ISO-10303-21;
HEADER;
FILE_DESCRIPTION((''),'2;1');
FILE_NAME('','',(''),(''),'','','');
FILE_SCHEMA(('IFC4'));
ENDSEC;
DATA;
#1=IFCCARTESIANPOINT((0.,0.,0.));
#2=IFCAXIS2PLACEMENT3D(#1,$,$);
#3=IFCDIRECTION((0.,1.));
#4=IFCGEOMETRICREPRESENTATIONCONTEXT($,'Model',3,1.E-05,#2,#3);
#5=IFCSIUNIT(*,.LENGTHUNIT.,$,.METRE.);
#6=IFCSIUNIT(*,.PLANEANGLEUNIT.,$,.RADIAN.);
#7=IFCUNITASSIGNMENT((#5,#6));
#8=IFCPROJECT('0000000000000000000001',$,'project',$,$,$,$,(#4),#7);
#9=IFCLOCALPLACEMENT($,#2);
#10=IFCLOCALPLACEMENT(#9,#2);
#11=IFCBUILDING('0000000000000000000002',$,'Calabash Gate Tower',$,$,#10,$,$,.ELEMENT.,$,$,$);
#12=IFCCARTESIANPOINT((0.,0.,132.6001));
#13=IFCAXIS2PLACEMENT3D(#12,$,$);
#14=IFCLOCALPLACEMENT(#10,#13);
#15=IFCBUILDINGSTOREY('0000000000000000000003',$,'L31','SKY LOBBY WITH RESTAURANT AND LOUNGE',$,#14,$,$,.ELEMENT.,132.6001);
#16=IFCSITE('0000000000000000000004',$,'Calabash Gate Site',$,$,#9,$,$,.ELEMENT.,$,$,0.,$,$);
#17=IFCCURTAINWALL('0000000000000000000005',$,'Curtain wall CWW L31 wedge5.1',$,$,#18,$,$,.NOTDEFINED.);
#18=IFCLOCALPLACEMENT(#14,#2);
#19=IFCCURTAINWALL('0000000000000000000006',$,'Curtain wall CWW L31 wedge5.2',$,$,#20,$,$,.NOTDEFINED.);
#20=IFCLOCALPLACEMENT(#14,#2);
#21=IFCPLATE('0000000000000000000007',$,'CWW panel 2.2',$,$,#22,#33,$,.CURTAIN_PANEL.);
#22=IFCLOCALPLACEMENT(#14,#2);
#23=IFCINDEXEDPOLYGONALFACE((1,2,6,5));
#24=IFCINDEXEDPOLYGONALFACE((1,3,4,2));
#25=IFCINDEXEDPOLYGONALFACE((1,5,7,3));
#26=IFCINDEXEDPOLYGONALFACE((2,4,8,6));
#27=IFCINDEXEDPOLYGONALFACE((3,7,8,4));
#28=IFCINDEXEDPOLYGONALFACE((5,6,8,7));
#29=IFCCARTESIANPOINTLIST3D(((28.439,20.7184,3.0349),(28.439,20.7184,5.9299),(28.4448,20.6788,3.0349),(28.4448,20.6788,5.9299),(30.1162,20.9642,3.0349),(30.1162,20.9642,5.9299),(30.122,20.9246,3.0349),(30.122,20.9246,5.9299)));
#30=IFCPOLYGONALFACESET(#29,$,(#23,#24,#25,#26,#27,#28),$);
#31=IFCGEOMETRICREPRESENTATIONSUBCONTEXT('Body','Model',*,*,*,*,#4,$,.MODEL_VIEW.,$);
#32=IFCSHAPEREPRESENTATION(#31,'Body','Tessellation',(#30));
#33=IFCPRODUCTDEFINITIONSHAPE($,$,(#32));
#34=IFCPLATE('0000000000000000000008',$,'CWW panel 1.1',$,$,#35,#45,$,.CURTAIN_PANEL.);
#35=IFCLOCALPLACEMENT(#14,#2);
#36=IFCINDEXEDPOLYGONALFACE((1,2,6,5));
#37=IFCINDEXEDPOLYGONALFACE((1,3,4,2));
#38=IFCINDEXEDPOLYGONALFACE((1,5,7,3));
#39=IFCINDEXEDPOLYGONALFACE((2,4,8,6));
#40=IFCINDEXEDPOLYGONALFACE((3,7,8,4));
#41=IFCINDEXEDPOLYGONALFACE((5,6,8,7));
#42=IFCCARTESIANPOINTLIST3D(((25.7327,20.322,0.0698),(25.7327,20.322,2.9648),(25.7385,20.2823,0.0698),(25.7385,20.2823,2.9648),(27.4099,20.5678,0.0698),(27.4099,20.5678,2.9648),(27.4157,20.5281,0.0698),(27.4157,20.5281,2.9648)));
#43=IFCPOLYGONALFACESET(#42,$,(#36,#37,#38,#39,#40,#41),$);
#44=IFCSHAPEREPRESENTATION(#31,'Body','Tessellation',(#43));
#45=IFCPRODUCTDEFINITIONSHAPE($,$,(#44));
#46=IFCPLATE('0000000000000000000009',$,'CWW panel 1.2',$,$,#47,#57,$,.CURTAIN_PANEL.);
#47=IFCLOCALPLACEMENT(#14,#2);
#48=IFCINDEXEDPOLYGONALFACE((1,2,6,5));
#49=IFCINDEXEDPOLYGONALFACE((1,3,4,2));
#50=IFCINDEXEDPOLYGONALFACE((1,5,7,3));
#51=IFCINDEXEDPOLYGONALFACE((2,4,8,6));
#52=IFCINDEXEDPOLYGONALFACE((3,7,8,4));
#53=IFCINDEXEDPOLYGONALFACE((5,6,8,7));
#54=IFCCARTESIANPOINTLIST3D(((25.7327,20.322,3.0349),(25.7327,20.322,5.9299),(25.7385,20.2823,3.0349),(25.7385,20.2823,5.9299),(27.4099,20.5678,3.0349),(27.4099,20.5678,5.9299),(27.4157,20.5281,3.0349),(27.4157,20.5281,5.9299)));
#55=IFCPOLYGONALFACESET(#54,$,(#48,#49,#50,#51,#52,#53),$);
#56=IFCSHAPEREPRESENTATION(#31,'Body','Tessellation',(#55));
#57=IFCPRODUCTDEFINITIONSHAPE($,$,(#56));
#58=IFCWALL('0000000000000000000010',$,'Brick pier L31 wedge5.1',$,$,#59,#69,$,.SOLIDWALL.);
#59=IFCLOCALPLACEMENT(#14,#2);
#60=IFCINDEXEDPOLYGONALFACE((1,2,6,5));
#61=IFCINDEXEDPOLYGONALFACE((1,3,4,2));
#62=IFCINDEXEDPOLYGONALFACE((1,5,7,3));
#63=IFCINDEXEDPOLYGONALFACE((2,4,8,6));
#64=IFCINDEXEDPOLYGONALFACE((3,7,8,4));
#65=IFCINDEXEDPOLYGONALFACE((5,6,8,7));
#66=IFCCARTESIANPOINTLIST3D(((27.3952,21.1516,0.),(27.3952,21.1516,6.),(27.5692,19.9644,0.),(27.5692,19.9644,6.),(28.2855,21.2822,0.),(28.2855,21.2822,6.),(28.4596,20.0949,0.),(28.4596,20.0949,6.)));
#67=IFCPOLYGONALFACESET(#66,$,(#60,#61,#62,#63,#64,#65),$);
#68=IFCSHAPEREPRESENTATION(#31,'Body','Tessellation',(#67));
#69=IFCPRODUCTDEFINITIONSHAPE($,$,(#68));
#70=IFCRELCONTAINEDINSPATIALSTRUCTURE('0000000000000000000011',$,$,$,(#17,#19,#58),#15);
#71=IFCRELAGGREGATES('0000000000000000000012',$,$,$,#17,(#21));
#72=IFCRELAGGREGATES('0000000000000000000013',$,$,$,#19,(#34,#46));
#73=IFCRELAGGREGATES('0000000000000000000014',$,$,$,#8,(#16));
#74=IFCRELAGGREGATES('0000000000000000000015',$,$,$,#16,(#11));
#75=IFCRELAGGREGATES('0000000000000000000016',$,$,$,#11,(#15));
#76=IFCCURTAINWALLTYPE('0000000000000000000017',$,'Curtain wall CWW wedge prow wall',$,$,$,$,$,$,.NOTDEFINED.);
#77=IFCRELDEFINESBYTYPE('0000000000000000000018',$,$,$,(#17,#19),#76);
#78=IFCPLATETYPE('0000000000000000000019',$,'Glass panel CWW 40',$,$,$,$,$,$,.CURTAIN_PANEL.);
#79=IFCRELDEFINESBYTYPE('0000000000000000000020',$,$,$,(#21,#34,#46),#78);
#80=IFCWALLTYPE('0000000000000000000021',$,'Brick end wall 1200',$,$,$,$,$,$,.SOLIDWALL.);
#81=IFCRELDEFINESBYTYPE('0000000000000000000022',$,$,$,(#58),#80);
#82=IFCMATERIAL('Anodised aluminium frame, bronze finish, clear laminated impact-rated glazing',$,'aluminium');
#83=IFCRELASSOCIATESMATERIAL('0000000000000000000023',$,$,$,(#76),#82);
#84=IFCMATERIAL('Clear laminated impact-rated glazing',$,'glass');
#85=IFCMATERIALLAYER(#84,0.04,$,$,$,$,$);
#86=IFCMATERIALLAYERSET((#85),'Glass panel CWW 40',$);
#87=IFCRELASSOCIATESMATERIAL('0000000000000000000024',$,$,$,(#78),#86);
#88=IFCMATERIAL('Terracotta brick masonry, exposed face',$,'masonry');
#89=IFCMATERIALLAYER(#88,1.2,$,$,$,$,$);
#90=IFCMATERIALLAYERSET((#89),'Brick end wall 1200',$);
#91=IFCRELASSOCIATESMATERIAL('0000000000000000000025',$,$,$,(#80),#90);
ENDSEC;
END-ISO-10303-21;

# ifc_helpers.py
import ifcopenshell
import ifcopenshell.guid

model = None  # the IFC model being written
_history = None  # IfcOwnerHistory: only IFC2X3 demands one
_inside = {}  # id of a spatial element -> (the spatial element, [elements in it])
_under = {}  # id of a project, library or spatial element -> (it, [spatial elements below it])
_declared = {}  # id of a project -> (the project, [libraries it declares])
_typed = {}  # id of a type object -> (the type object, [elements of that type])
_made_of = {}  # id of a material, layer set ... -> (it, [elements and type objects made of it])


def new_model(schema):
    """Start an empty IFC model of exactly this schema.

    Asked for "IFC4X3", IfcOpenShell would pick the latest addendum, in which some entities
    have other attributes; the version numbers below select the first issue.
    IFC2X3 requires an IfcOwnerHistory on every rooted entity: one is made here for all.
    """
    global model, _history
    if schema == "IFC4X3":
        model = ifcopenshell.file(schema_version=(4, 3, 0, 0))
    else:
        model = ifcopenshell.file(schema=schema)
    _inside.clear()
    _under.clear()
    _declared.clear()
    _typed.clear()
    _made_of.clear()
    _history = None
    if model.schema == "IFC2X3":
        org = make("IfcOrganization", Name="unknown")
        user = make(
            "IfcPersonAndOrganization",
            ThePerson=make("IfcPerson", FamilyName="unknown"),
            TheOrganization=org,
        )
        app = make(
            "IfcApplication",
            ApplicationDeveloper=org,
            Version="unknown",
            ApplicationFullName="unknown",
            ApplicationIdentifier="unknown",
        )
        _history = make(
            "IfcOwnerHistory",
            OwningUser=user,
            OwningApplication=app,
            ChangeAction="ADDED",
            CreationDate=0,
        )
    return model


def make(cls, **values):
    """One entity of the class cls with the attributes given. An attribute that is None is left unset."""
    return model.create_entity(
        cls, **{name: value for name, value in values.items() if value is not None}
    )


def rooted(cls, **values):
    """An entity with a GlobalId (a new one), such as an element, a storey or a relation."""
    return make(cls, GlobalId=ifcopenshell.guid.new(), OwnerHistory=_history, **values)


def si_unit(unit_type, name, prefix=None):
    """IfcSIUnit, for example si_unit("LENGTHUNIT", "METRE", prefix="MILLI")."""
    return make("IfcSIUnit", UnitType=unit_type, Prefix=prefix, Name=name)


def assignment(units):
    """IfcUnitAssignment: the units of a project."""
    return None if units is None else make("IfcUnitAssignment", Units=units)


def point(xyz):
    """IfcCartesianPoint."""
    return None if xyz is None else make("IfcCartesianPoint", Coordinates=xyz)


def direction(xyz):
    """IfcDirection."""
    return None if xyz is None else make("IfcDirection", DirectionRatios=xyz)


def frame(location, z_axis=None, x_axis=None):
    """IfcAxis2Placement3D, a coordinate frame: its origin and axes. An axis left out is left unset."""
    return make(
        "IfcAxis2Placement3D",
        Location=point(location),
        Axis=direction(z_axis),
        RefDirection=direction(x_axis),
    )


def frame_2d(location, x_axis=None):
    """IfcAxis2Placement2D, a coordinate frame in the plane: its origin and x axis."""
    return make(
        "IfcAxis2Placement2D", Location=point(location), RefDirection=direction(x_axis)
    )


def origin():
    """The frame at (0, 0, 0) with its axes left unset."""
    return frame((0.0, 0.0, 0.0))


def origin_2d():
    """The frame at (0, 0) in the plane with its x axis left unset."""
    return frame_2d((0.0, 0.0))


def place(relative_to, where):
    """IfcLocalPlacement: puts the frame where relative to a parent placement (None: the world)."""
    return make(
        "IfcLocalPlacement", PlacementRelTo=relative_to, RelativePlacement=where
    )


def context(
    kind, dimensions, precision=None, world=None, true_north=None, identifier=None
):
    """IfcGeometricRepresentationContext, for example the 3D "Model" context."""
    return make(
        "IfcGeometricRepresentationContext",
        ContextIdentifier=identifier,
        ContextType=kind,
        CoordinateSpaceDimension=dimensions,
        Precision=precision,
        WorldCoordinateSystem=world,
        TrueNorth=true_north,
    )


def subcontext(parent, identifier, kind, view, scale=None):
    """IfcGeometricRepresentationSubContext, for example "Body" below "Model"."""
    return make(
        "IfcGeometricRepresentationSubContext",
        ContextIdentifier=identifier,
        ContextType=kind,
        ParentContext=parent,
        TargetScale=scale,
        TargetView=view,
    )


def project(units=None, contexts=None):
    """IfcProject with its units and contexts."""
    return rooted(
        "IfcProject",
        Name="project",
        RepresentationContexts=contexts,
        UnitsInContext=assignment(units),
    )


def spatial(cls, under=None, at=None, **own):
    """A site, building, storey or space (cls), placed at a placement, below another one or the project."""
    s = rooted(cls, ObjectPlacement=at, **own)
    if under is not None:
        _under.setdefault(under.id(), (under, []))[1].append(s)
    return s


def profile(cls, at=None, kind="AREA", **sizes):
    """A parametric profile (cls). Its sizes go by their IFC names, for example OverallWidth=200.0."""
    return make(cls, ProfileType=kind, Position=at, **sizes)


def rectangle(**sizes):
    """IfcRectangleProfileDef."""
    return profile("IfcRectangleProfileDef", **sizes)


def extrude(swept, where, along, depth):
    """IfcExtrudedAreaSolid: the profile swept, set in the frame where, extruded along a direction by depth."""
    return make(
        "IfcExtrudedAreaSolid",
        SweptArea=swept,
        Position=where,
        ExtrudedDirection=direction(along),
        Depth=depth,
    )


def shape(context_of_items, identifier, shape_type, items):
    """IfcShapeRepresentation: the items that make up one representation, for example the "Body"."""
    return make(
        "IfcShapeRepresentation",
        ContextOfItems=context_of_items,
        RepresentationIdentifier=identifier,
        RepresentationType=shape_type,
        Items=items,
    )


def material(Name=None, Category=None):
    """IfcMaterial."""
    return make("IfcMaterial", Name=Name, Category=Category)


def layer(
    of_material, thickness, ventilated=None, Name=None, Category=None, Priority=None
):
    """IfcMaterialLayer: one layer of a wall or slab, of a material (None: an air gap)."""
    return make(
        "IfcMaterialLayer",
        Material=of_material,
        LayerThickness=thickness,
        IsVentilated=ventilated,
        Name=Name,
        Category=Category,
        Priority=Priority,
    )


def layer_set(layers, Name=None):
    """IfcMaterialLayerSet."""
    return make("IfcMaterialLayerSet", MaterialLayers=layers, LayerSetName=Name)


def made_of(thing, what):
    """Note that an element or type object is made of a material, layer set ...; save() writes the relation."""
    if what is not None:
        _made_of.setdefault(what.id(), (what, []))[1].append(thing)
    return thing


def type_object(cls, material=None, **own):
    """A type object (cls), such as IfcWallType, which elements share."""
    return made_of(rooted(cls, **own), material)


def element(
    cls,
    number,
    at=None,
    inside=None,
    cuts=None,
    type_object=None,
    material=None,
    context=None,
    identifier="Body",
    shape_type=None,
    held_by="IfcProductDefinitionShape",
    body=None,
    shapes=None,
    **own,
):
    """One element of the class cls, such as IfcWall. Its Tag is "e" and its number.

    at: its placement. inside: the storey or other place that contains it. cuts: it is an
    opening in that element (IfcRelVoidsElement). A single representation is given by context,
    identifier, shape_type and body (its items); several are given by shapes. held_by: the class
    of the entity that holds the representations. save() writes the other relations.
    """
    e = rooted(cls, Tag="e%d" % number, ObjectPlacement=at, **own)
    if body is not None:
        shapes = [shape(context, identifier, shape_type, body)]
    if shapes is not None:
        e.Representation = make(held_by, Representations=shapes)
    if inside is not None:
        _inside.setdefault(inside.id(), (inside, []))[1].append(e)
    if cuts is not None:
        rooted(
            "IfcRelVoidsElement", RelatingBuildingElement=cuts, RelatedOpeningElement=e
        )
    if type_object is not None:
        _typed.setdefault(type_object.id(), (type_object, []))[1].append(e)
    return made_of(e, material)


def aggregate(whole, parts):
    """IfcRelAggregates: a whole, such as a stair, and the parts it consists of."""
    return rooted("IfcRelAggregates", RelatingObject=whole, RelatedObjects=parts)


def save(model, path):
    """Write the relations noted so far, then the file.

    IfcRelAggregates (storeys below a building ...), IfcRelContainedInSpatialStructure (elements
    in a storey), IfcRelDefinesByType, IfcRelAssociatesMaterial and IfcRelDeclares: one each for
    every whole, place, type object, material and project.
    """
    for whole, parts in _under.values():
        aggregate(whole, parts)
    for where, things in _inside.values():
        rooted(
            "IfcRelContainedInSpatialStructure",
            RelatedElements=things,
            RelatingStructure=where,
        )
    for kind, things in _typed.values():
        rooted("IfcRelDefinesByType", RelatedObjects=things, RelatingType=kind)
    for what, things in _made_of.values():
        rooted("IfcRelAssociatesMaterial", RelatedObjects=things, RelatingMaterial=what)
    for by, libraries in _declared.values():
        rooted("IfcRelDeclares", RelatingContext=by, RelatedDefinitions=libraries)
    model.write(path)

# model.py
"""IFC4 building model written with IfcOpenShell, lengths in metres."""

from ifc_helpers import new_model, si_unit, direction, frame, frame_2d, origin, origin_2d, place, context, subcontext, project, spatial, rectangle, extrude, material, layer, layer_set, type_object, element, aggregate, save


model = new_model("IFC4")

# Units and contexts
model_context = context("Model", 3, precision=1e-05, world=origin(), true_north=direction((0.0, 1.0)))
body_context = subcontext(model_context, "Body", "Model", "MODEL_VIEW")
ifc_project = project(units=[si_unit("LENGTHUNIT", "METRE"), si_unit("PLANEANGLEUNIT", "RADIAN")], contexts=[model_context])

# Site, building, storey
site_placement = place(None, origin())
site = spatial("IfcSite", under=ifc_project, at=site_placement, Name="Calabash Gate Site", CompositionType="ELEMENT", RefElevation=0.0)
building_placement = place(site_placement, origin())
building = spatial("IfcBuilding", under=site, at=building_placement, Name="Calabash Gate Tower", CompositionType="ELEMENT")
storey_placement = place(building_placement, frame((0.0, 0.0, 132.6001)))
storey = spatial("IfcBuildingStorey", under=building, at=storey_placement, Name="L31", Description="SKY LOBBY WITH RESTAURANT AND LOUNGE", CompositionType="ELEMENT", Elevation=132.6001)

# Curtain walls
ifc_material_1 = material(Name="Anodised aluminium frame, bronze finish, clear laminated impact-rated glazing", Category="aluminium")
curtain_wall_type = type_object("IfcCurtainWallType", Name="Curtain wall CWW wedge prow wall", PredefinedType="NOTDEFINED", material=ifc_material_1)
curtain_wall_1_placement = place(storey_placement, origin())
curtain_wall_1 = element("IfcCurtainWall", 1, at=curtain_wall_1_placement, inside=storey, type_object=curtain_wall_type, Name="Curtain wall CWW L31 wedge5.1", PredefinedType="NOTDEFINED")
curtain_wall_2_placement = place(storey_placement, origin())
curtain_wall_2 = element("IfcCurtainWall", 2, at=curtain_wall_2_placement, inside=storey, type_object=curtain_wall_type, Name="Curtain wall CWW L31 wedge5.2", PredefinedType="NOTDEFINED")

# Plates
ifc_material_2 = material(Name="Clear laminated impact-rated glazing", Category="glass")
ifc_layer_1 = layer(ifc_material_2, 0.04)
ifc_layer_set_1 = layer_set([ifc_layer_1], Name="Glass panel CWW 40")
plate_type = type_object("IfcPlateType", Name="Glass panel CWW 40", PredefinedType="CURTAIN_PANEL", material=ifc_layer_set_1)
plate_1_placement = place(storey_placement, frame((29.2805, 20.8215, 3.0349), z_axis=(0.0, 0.0, 1.0), x_axis=(-0.989429, -0.145015, 0.0)))
plate_1 = element("IfcPlate", 3, at=plate_1_placement, type_object=plate_type, Name="CWW panel 2.2", PredefinedType="CURTAIN_PANEL", context=body_context, shape_type="SweptSolid", body=[
    extrude(rectangle(XDim=1.6951, YDim=0.04, at=origin_2d()), origin(), (0.0, 0.0, 1.0), 2.895),
])
aggregate(curtain_wall_1, [plate_1])
plate_2_placement = place(storey_placement, frame((26.5742, 20.425, 0.0698), z_axis=(0.0, 0.0, 1.0), x_axis=(-0.989429, -0.145015, 0.0)))
plate_2 = element("IfcPlate", 4, at=plate_2_placement, type_object=plate_type, Name="CWW panel 1.1", PredefinedType="CURTAIN_PANEL", context=body_context, shape_type="SweptSolid", body=[
    extrude(rectangle(XDim=1.6951, YDim=0.04, at=origin_2d()), origin(), (0.0, 0.0, 1.0), 2.895),
])
plate_3_placement = place(storey_placement, frame((26.5742, 20.425, 3.0349), z_axis=(0.0, 0.0, 1.0), x_axis=(-0.989429, -0.145015, 0.0)))
plate_3 = element("IfcPlate", 5, at=plate_3_placement, type_object=plate_type, Name="CWW panel 1.2", PredefinedType="CURTAIN_PANEL", context=body_context, shape_type="SweptSolid", body=[
    extrude(rectangle(XDim=1.6951, YDim=0.04, at=origin_2d()), origin(), (0.0, 0.0, 1.0), 2.895),
])
aggregate(curtain_wall_2, [plate_2, plate_3])

# Wall
ifc_material_3 = material(Name="Terracotta brick masonry, exposed face", Category="masonry")
ifc_layer_2 = layer(ifc_material_3, 1.2)
ifc_layer_set_2 = layer_set([ifc_layer_2], Name="Brick end wall 1200")
wall_type = type_object("IfcWallType", Name="Brick end wall 1200", PredefinedType="SOLIDWALL", material=ifc_layer_set_2)
wall_placement = place(storey_placement, frame((27.8403, 21.217, 0.0), z_axis=(0.0, 0.0, 1.0), x_axis=(0.145066, -0.989422, 0.0)))
element("IfcWall", 6, at=wall_placement, inside=storey, type_object=wall_type, Name="Brick pier L31 wedge5.1", PredefinedType="SOLIDWALL", context=body_context, shape_type="SweptSolid", body=[
    extrude(rectangle(XDim=1.2, YDim=0.8999, at=frame_2d((0.6001, 0.0))), origin(), (0.0, 0.0, 1.0), 6.0),
])

save(model, "model.ifc")
